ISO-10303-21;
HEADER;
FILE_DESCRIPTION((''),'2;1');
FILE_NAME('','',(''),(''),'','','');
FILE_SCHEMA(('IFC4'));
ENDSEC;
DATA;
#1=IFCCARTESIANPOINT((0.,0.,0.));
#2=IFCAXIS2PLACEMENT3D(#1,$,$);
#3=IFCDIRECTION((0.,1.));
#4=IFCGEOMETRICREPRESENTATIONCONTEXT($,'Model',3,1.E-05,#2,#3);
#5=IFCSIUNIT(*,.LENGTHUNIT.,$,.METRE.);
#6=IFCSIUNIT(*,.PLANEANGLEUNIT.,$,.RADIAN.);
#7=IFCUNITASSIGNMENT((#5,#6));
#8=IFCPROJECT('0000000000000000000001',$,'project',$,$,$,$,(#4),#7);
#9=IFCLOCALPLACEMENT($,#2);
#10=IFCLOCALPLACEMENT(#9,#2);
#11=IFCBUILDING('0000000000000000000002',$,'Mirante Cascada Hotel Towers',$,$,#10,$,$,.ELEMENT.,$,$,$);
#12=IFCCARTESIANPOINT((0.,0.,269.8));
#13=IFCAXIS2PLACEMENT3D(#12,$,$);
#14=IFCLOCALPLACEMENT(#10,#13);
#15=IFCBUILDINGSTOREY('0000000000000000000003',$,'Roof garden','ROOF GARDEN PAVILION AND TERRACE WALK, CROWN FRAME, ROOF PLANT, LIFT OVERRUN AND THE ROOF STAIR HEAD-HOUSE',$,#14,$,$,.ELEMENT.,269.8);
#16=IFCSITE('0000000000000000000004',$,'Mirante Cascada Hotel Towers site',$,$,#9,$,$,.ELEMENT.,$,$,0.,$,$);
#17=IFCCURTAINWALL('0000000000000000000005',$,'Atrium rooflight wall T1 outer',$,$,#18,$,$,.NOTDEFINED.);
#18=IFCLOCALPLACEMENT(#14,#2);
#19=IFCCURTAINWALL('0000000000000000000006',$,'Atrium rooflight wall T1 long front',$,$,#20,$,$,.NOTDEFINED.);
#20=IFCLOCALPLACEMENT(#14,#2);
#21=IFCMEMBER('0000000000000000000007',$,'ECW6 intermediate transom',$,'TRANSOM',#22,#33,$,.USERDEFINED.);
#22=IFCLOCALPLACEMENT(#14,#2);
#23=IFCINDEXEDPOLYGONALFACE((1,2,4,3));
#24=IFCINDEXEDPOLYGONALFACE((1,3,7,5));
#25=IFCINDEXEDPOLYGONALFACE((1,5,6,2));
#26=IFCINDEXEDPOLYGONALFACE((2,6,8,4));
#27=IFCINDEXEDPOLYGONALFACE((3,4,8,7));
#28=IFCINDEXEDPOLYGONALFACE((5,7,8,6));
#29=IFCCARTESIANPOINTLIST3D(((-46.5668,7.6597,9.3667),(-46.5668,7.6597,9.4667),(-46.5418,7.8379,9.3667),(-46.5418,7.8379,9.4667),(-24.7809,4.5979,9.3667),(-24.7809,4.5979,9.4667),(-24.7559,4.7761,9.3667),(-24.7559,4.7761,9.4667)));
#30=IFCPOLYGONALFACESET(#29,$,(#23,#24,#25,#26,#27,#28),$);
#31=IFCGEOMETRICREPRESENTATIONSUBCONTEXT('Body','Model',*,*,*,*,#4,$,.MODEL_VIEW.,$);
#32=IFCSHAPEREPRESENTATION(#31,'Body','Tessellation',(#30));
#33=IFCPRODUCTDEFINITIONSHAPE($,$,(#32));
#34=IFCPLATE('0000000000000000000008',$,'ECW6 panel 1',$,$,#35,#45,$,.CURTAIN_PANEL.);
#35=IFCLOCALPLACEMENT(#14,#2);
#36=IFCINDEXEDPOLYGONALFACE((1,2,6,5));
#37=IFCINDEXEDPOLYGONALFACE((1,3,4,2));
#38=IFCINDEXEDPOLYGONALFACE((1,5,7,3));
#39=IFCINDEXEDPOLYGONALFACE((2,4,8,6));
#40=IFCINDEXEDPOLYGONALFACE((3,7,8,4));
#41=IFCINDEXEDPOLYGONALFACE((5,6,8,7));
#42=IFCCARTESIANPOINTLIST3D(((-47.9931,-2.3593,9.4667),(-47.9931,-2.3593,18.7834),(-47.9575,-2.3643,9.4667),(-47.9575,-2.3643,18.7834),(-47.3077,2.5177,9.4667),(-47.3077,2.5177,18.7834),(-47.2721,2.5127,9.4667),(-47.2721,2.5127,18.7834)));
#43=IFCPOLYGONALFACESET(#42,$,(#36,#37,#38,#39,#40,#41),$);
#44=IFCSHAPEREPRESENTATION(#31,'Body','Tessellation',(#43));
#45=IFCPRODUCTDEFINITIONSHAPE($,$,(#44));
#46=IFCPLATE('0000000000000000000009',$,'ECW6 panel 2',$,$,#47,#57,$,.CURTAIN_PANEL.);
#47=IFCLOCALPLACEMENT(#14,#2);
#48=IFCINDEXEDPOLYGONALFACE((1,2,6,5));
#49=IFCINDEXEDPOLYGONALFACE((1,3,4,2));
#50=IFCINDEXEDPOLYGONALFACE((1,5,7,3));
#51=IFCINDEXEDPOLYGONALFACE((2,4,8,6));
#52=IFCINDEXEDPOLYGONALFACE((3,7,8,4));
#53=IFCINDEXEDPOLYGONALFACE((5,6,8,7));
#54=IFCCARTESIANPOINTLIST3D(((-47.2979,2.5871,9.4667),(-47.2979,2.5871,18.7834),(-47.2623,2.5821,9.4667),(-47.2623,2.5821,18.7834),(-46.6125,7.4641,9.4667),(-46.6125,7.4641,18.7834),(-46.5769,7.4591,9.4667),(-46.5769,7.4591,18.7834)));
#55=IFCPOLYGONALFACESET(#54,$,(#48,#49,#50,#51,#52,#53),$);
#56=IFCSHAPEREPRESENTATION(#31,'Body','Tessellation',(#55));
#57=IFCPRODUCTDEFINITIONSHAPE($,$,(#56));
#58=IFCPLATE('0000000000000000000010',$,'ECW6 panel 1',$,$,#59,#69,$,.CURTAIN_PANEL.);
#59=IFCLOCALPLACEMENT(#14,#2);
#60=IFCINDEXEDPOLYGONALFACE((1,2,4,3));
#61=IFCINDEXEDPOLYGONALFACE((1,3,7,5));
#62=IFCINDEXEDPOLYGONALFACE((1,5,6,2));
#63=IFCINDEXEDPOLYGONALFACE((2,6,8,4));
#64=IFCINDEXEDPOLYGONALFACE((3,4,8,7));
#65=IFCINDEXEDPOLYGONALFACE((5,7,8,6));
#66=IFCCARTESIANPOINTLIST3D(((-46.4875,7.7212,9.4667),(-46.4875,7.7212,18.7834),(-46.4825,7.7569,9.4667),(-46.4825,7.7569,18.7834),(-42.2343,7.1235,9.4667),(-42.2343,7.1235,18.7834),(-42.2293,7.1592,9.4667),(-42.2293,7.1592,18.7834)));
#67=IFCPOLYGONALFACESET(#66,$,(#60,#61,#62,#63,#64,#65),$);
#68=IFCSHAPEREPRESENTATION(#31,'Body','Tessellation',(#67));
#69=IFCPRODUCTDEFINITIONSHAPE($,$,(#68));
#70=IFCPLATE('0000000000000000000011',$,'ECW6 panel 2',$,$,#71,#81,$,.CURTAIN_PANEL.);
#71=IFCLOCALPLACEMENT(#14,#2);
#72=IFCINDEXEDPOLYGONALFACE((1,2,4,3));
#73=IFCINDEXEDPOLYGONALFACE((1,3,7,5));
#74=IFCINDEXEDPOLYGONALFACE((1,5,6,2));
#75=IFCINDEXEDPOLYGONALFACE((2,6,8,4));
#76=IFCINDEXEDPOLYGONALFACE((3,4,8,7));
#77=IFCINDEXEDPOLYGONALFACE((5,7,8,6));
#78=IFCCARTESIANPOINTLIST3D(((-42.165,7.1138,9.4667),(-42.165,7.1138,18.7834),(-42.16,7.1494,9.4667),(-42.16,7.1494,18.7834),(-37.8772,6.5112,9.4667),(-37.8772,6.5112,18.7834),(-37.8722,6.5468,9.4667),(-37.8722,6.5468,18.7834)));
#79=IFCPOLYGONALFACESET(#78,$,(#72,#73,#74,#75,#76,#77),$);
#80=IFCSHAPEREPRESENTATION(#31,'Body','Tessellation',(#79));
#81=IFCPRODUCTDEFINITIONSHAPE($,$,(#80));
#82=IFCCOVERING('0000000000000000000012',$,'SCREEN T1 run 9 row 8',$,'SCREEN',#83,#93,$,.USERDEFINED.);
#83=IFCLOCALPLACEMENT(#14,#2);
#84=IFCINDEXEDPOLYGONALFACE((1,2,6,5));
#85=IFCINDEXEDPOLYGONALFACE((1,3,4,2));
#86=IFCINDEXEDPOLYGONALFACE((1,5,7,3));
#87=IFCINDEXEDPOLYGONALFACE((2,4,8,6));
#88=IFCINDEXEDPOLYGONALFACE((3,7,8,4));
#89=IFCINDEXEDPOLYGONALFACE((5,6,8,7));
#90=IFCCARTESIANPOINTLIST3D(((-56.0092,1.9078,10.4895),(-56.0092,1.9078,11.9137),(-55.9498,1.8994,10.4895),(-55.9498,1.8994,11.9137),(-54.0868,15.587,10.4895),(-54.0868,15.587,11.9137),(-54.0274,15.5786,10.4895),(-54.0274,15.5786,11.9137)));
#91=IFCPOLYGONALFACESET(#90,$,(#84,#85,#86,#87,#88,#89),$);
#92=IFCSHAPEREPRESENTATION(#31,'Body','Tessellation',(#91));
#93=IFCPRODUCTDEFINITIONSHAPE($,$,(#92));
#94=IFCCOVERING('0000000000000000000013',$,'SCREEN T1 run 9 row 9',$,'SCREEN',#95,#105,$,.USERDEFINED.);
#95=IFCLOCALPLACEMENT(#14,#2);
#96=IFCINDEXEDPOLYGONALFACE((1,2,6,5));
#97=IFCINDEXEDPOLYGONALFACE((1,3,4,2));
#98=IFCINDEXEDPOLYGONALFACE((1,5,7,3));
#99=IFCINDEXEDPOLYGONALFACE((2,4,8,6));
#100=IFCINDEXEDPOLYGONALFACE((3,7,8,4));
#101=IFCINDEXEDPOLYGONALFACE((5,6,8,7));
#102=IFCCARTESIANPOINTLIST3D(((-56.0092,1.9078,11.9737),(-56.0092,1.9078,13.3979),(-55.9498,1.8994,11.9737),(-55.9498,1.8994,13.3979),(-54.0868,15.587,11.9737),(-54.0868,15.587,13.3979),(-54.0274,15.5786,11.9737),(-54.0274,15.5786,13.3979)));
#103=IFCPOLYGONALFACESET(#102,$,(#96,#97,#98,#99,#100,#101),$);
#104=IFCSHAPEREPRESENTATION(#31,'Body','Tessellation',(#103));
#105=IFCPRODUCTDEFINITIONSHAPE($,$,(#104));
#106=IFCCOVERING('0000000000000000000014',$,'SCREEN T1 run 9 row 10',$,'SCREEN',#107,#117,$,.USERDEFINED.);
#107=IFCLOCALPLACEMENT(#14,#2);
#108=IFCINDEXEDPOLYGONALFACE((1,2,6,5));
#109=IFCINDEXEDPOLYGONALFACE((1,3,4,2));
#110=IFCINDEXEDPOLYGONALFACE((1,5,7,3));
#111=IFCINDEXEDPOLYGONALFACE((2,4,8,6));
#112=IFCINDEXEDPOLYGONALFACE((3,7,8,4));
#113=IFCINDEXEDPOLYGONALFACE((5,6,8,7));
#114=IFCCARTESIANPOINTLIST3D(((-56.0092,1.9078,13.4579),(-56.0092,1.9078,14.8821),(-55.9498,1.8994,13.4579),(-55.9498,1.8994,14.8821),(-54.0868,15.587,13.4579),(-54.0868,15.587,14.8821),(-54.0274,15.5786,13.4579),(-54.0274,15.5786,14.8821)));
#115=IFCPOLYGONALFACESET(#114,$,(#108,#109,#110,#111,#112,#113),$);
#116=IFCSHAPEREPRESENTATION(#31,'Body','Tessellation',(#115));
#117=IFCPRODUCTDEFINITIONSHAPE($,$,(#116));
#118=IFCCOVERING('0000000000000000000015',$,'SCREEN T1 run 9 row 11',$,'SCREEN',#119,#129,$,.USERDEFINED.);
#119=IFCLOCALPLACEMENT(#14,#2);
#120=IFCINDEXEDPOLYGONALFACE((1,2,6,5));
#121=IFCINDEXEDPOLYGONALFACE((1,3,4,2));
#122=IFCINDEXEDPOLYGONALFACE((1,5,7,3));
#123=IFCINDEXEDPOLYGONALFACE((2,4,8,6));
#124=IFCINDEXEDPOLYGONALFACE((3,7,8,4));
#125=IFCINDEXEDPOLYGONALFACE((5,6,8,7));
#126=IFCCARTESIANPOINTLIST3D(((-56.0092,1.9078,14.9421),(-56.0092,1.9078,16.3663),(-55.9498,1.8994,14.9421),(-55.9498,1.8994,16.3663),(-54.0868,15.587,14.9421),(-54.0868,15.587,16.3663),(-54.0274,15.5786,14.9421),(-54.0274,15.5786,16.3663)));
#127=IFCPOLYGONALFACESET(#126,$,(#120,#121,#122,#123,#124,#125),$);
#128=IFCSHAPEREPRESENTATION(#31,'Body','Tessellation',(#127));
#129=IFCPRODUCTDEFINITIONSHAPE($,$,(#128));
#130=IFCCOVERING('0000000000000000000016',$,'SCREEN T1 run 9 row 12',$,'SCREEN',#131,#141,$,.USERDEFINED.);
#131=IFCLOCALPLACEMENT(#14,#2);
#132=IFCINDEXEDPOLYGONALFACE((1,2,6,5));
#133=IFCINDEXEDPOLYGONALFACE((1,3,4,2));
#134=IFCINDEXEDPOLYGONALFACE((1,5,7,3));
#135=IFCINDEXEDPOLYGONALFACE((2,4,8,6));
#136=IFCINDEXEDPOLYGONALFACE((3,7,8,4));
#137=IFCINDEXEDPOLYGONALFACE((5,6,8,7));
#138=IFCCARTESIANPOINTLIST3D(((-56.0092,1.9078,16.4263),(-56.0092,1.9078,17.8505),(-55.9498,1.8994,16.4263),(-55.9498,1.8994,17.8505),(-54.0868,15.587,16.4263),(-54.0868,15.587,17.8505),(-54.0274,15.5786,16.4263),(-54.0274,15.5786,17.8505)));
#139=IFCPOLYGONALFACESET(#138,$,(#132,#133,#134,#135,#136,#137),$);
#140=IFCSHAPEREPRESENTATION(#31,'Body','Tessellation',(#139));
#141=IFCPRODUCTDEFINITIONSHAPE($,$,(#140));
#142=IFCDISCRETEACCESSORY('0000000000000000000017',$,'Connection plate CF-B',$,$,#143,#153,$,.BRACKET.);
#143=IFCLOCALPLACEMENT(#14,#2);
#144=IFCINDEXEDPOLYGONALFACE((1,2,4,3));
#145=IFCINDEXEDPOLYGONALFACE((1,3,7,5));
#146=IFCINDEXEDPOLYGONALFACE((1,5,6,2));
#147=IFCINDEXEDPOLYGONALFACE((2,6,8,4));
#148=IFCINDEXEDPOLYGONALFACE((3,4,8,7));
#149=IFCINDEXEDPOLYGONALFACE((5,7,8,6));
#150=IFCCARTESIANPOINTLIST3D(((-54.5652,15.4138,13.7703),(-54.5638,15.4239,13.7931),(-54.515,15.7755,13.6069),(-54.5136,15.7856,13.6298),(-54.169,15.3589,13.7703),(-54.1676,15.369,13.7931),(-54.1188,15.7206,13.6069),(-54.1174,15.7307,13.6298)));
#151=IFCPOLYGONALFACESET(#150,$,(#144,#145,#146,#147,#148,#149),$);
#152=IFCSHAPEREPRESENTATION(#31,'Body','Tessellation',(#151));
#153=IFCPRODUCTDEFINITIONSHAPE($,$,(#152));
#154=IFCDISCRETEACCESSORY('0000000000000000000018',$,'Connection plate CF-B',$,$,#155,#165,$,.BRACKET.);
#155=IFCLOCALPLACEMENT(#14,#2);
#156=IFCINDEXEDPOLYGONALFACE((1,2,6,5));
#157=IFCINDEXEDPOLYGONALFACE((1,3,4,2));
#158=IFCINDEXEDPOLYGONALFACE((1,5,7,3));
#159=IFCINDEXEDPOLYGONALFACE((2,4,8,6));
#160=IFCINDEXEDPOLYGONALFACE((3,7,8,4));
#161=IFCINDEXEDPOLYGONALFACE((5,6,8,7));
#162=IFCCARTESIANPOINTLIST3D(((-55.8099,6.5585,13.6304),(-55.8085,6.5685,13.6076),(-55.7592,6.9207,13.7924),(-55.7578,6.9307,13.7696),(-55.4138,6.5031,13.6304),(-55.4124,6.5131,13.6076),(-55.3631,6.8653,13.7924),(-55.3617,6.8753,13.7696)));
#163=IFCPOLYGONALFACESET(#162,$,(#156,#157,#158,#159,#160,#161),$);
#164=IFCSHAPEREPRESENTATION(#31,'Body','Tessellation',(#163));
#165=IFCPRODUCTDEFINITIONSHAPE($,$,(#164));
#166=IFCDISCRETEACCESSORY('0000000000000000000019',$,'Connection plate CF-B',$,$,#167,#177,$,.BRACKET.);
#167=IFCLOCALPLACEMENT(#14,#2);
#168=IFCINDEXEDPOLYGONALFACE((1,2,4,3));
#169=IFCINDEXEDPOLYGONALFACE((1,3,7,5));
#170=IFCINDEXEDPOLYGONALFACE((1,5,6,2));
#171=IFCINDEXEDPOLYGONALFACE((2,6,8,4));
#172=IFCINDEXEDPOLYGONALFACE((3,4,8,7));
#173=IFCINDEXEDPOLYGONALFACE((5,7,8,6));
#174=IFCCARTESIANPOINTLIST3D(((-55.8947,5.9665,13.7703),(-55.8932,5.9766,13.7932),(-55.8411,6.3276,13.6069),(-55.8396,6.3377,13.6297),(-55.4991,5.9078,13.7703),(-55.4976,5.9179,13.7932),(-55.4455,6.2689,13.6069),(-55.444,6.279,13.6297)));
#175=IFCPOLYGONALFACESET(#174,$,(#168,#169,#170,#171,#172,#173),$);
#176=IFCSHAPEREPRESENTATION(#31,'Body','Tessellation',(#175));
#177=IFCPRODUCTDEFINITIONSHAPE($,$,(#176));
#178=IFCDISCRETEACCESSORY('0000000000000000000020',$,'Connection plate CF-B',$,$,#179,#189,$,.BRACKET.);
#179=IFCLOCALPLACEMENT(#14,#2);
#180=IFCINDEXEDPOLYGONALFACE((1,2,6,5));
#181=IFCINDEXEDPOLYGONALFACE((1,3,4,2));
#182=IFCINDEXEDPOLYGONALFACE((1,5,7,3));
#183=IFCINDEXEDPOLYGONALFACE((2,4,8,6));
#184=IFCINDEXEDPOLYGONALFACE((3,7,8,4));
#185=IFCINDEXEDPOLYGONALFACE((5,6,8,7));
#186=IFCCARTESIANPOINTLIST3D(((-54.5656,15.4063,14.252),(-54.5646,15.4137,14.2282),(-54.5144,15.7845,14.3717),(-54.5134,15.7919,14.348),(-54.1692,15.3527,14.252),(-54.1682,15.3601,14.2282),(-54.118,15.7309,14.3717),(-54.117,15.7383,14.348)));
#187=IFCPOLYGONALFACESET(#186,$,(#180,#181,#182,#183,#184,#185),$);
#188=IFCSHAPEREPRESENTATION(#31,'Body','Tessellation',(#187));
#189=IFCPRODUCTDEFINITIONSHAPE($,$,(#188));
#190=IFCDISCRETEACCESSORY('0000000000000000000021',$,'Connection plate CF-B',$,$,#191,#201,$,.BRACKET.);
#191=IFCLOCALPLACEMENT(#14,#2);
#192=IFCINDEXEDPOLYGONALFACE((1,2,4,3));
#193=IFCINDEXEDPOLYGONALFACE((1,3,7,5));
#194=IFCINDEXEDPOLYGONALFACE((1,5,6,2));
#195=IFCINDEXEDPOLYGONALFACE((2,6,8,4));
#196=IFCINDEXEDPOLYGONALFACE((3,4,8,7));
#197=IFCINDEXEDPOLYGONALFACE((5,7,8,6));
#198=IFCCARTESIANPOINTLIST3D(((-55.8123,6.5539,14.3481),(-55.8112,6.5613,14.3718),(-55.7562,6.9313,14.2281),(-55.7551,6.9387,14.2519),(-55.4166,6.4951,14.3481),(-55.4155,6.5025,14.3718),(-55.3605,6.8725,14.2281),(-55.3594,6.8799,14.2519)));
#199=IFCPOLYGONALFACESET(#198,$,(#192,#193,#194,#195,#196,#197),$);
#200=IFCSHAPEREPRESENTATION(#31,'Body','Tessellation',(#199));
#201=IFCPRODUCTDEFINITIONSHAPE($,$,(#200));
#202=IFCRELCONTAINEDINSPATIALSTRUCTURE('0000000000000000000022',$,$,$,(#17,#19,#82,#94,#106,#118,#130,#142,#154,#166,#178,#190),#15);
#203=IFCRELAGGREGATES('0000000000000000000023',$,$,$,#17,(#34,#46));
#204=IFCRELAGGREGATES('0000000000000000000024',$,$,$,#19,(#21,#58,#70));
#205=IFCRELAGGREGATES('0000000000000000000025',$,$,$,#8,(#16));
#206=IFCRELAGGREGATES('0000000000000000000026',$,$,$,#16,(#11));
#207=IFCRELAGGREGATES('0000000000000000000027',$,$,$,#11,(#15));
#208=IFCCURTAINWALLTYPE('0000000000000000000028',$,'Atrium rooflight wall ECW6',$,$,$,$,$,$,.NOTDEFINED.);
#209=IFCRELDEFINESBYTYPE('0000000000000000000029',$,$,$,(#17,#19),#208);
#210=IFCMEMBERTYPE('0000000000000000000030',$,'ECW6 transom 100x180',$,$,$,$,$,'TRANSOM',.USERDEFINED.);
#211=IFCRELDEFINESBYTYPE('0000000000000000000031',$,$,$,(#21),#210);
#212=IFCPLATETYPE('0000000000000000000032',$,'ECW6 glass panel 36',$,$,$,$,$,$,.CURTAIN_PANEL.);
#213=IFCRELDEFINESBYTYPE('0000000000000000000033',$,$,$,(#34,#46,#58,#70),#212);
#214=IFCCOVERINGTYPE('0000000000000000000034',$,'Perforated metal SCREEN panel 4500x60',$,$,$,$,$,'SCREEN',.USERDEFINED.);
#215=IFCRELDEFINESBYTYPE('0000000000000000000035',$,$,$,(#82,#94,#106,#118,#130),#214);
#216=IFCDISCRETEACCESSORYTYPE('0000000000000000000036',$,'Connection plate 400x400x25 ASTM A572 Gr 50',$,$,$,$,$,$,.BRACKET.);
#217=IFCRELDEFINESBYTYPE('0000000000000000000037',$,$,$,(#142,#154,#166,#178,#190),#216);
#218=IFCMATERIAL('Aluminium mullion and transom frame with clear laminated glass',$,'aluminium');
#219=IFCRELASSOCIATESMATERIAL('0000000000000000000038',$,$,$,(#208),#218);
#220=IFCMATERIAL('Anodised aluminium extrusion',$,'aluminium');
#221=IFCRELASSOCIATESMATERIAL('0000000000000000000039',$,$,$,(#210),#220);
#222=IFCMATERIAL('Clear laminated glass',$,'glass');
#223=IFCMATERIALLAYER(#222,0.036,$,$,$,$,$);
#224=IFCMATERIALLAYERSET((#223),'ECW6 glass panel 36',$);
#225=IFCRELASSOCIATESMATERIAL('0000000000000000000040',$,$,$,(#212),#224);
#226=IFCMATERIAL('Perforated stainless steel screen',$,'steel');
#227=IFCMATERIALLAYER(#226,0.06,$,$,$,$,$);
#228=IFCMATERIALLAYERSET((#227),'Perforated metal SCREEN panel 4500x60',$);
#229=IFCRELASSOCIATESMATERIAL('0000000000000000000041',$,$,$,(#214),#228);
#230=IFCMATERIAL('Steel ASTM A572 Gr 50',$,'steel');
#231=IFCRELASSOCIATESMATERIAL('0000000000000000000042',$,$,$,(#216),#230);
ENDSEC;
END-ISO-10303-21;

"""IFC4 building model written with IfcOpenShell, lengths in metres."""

from ifc_helpers import new_model, si_unit, direction, frame, origin, origin_2d, place, context, subcontext, project, spatial, rectangle, extrude, material, layer, layer_set, material_profile, profile_set, type_object, element, aggregate, save


model = new_model("IFC4")

# Units and contexts
model_context = context("Model", 3, precision=1e-05, world=origin(), true_north=direction((0.0, 1.0)))
body_context = subcontext(model_context, "Body", "Model", "MODEL_VIEW")
ifc_project = project(units=[si_unit("LENGTHUNIT", "METRE"), si_unit("PLANEANGLEUNIT", "RADIAN")], contexts=[model_context])

# Site, building, storey
site_placement = place(None, origin())
site = spatial("IfcSite", under=ifc_project, at=site_placement, Name="Mirante Cascada Hotel Towers site", CompositionType="ELEMENT", RefElevation=0.0)
building_placement = place(site_placement, origin())
building = spatial("IfcBuilding", under=site, at=building_placement, Name="Mirante Cascada Hotel Towers", CompositionType="ELEMENT")
storey_placement = place(building_placement, frame((0.0, 0.0, 269.8)))
storey = spatial("IfcBuildingStorey", under=building, at=storey_placement, Name="Roof garden", Description="ROOF GARDEN PAVILION AND TERRACE WALK, CROWN FRAME, ROOF PLANT, LIFT OVERRUN AND THE ROOF STAIR HEAD-HOUSE", CompositionType="ELEMENT", Elevation=269.8)

# Curtain walls, member
ifc_material_1 = material(Name="Aluminium mullion and transom frame with clear laminated glass", Category="aluminium")
curtain_wall_type = type_object("IfcCurtainWallType", Name="Atrium rooflight wall ECW6", PredefinedType="NOTDEFINED", material=ifc_material_1)
curtain_wall_1_placement = place(storey_placement, origin())
curtain_wall_1 = element("IfcCurtainWall", 1, at=curtain_wall_1_placement, inside=storey, type_object=curtain_wall_type, Name="Atrium rooflight wall T1 outer", PredefinedType="NOTDEFINED")
curtain_wall_2_placement = place(storey_placement, origin())
curtain_wall_2 = element("IfcCurtainWall", 2, at=curtain_wall_2_placement, inside=storey, type_object=curtain_wall_type, Name="Atrium rooflight wall T1 long front", PredefinedType="NOTDEFINED")
ifc_material_2 = material(Name="Anodised aluminium extrusion", Category="aluminium")
ifc_material_profile_1 = material_profile(ifc_material_2, rectangle(XDim=0.18, YDim=0.1, at=origin_2d()), Name="ECW6 TRANSOM 100x180")
ifc_profile_set_1 = profile_set([ifc_material_profile_1], Name="Anodised aluminium extrusion")
member_type_1 = type_object("IfcMemberType", Name="ECW6 transom 100x180", ElementType="TRANSOM", PredefinedType="USERDEFINED", material=ifc_profile_set_1)
member_1_placement = place(storey_placement, frame((-46.5543, 7.7488, 9.4167), z_axis=(0.990268, -0.139173, 0.0), x_axis=(0.139173, 0.990268, 0.0)))
member_1 = element("IfcMember", 3, at=member_1_placement, type_object=member_type_1, Name="ECW6 intermediate transom", ObjectType="TRANSOM", PredefinedType="USERDEFINED", context=body_context, shape_type="SweptSolid", body=[
    extrude(rectangle(XDim=0.18, YDim=0.1, at=origin_2d()), origin(), (0.0, 0.0, 1.0), 22.0),
])

# Plates
ifc_material_3 = material(Name="Clear laminated glass", Category="glass")
ifc_layer_1 = layer(ifc_material_3, 0.036)
ifc_layer_set_1 = layer_set([ifc_layer_1], Name="ECW6 glass panel 36")
plate_type = type_object("IfcPlateType", Name="ECW6 glass panel 36", PredefinedType="CURTAIN_PANEL", material=ifc_layer_set_1)
plate_1_placement = place(storey_placement, frame((-47.6326, 0.0767, 9.4667), z_axis=(0.0, 0.0, 1.0), x_axis=(0.139173, 0.990268, 0.0)))
plate_1 = element("IfcPlate", 4, at=plate_1_placement, type_object=plate_type, Name="ECW6 panel 1", PredefinedType="CURTAIN_PANEL", context=body_context, shape_type="SweptSolid", body=[
    extrude(rectangle(XDim=4.925, YDim=0.036, at=origin_2d()), origin(), (0.0, 0.0, 1.0), 9.3167),
])
plate_2_placement = place(storey_placement, frame((-46.9374, 5.0231, 9.4667), z_axis=(0.0, 0.0, 1.0), x_axis=(0.139173, 0.990268, 0.0)))
plate_2 = element("IfcPlate", 5, at=plate_2_placement, type_object=plate_type, Name="ECW6 panel 2", PredefinedType="CURTAIN_PANEL", context=body_context, shape_type="SweptSolid", body=[
    extrude(rectangle(XDim=4.925, YDim=0.036, at=origin_2d()), origin(), (0.0, 0.0, 1.0), 9.3167),
])
aggregate(curtain_wall_1, [plate_1, plate_2])
plate_3_placement = place(storey_placement, frame((-44.3584, 7.4402, 9.4667), z_axis=(0.0, 0.0, 1.0), x_axis=(0.990268, -0.139173, 0.0)))
plate_3 = element("IfcPlate", 6, at=plate_3_placement, type_object=plate_type, Name="ECW6 panel 1", PredefinedType="CURTAIN_PANEL", context=body_context, shape_type="SweptSolid", body=[
    extrude(rectangle(XDim=4.295, YDim=0.036, at=origin_2d()), origin(), (0.0, 0.0, 1.0), 9.3167),
])
plate_4_placement = place(storey_placement, frame((-40.0186, 6.8303, 9.4667), z_axis=(0.0, 0.0, 1.0), x_axis=(0.990268, -0.139173, 0.0)))
plate_4 = element("IfcPlate", 7, at=plate_4_placement, type_object=plate_type, Name="ECW6 panel 2", PredefinedType="CURTAIN_PANEL", context=body_context, shape_type="SweptSolid", body=[
    extrude(rectangle(XDim=4.33, YDim=0.036, at=origin_2d()), origin(), (0.0, 0.0, 1.0), 9.3167),
])
aggregate(curtain_wall_2, [member_1, plate_3, plate_4])

# Coverings
ifc_material_4 = material(Name="Perforated stainless steel screen", Category="steel")
ifc_layer_2 = layer(ifc_material_4, 0.06)
ifc_layer_set_2 = layer_set([ifc_layer_2], Name="Perforated metal SCREEN panel 4500x60")
covering_type = type_object("IfcCoveringType", Name="Perforated metal SCREEN panel 4500x60", ElementType="SCREEN", PredefinedType="USERDEFINED", material=ifc_layer_set_2)
for number, where, z_axis, x_axis, name in (
    (8, (-55.0183, 8.7432, 10.4895), (0.0, 0.0, 1.0), (-0.139173, -0.990268, 0.0), "SCREEN T1 run 9 row 8"),
    (9, (-55.0183, 8.7432, 11.9737), (0.0, 0.0, 1.0), (-0.139173, -0.990268, 0.0), "SCREEN T1 run 9 row 9"),
    (10, (-55.0183, 8.7432, 13.4579), (0.0, 0.0, 1.0), (-0.139173, -0.990268, 0.0), "SCREEN T1 run 9 row 10"),
    (11, (-55.0183, 8.7432, 14.9421), (0.0, 0.0, 1.0), (-0.139173, -0.990268, 0.0), "SCREEN T1 run 9 row 11"),
    (12, (-55.0183, 8.7432, 16.4263), (0.0, 0.0, 1.0), (-0.139173, -0.990268, 0.0), "SCREEN T1 run 9 row 12"),
):
    element("IfcCovering", number, at=place(storey_placement, frame(where, z_axis=z_axis, x_axis=x_axis)), inside=storey, type_object=covering_type, Name=name, ObjectType="SCREEN", PredefinedType="USERDEFINED", context=body_context, shape_type="SweptSolid", body=[
        extrude(rectangle(XDim=13.8136, YDim=0.06, at=origin_2d()), origin(), (0.0, 0.0, 1.0), 1.4242),
    ])

# Discrete accessories
ifc_material_5 = material(Name="Steel ASTM A572 Gr 50", Category="steel")
ifc_material_profile_2 = material_profile(ifc_material_5, rectangle(XDim=0.4, YDim=0.4, at=origin_2d()), Name="Connection plate 400x400x25 ASTM A572 Gr 50")
ifc_profile_set_2 = profile_set([ifc_material_profile_2], Name="Steel ASTM A572 Gr 50")
discrete_accessory_type = type_object("IfcDiscreteAccessoryType", Name="Connection plate 400x400x25 ASTM A572 Gr 50", PredefinedType="BRACKET", material=ifc_profile_set_2)
discrete_accessory_1_placement = place(storey_placement, frame((-54.342, 15.5672, 13.6886), z_axis=(0.056053, 0.404385, 0.91287), x_axis=(-0.990529, 0.137301, 0.0)))
element("IfcDiscreteAccessory", 13, at=discrete_accessory_1_placement, inside=storey, type_object=discrete_accessory_type, Name="Connection plate CF-B", PredefinedType="BRACKET", context=body_context, shape_type="SweptSolid", body=[
    extrude(rectangle(XDim=0.4, YDim=0.4, at=origin_2d()), origin(), (0.0, 0.0, 1.0), 0.025),
])
discrete_accessory_2_placement = place(storey_placement, frame((-55.5851, 6.7219, 13.6886), z_axis=(-0.056144, -0.401028, 0.914344), x_axis=(0.990342, -0.138648, 0.0)))
element("IfcDiscreteAccessory", 14, at=discrete_accessory_2_placement, inside=storey, type_object=discrete_accessory_type, Name="Connection plate CF-B", PredefinedType="BRACKET", context=body_context, shape_type="SweptSolid", body=[
    extrude(rectangle(XDim=0.4, YDim=0.4, at=origin_2d()), origin(), (0.0, 0.0, 1.0), 0.0249),
])
discrete_accessory_3_placement = place(storey_placement, frame((-55.6701, 6.1177, 13.6886), z_axis=(0.060043, 0.404291, 0.912657), x_axis=(-0.989151, 0.146904, 0.0)))
element("IfcDiscreteAccessory", 15, at=discrete_accessory_3_placement, inside=storey, type_object=discrete_accessory_type, Name="Connection plate CF-B", PredefinedType="BRACKET", context=body_context, shape_type="SweptSolid", body=[
    extrude(rectangle(XDim=0.4, YDim=0.4, at=origin_2d()), origin(), (0.0, 0.0, 1.0), 0.025),
])
for number, where, z_axis, x_axis, name in (
    (16, (-54.3408, 15.576, 14.2881), (-0.04009, -0.296665, 0.95414), (0.990992, -0.133918, 0.0), "Connection plate CF-B"),
    (17, (-55.5864, 6.7132, 14.2881), (0.044091, 0.296615, 0.953979), (-0.989132, 0.147033, 0.0), "Connection plate CF-B"),
):
    element("IfcDiscreteAccessory", number, at=place(storey_placement, frame(where, z_axis=z_axis, x_axis=x_axis)), inside=storey, type_object=discrete_accessory_type, Name=name, PredefinedType="BRACKET", context=body_context, shape_type="SweptSolid", body=[
        extrude(rectangle(XDim=0.4, YDim=0.4, at=origin_2d()), origin(), (0.0, 0.0, 1.0), 0.0249),
    ])

save(model, "model.ifc")
